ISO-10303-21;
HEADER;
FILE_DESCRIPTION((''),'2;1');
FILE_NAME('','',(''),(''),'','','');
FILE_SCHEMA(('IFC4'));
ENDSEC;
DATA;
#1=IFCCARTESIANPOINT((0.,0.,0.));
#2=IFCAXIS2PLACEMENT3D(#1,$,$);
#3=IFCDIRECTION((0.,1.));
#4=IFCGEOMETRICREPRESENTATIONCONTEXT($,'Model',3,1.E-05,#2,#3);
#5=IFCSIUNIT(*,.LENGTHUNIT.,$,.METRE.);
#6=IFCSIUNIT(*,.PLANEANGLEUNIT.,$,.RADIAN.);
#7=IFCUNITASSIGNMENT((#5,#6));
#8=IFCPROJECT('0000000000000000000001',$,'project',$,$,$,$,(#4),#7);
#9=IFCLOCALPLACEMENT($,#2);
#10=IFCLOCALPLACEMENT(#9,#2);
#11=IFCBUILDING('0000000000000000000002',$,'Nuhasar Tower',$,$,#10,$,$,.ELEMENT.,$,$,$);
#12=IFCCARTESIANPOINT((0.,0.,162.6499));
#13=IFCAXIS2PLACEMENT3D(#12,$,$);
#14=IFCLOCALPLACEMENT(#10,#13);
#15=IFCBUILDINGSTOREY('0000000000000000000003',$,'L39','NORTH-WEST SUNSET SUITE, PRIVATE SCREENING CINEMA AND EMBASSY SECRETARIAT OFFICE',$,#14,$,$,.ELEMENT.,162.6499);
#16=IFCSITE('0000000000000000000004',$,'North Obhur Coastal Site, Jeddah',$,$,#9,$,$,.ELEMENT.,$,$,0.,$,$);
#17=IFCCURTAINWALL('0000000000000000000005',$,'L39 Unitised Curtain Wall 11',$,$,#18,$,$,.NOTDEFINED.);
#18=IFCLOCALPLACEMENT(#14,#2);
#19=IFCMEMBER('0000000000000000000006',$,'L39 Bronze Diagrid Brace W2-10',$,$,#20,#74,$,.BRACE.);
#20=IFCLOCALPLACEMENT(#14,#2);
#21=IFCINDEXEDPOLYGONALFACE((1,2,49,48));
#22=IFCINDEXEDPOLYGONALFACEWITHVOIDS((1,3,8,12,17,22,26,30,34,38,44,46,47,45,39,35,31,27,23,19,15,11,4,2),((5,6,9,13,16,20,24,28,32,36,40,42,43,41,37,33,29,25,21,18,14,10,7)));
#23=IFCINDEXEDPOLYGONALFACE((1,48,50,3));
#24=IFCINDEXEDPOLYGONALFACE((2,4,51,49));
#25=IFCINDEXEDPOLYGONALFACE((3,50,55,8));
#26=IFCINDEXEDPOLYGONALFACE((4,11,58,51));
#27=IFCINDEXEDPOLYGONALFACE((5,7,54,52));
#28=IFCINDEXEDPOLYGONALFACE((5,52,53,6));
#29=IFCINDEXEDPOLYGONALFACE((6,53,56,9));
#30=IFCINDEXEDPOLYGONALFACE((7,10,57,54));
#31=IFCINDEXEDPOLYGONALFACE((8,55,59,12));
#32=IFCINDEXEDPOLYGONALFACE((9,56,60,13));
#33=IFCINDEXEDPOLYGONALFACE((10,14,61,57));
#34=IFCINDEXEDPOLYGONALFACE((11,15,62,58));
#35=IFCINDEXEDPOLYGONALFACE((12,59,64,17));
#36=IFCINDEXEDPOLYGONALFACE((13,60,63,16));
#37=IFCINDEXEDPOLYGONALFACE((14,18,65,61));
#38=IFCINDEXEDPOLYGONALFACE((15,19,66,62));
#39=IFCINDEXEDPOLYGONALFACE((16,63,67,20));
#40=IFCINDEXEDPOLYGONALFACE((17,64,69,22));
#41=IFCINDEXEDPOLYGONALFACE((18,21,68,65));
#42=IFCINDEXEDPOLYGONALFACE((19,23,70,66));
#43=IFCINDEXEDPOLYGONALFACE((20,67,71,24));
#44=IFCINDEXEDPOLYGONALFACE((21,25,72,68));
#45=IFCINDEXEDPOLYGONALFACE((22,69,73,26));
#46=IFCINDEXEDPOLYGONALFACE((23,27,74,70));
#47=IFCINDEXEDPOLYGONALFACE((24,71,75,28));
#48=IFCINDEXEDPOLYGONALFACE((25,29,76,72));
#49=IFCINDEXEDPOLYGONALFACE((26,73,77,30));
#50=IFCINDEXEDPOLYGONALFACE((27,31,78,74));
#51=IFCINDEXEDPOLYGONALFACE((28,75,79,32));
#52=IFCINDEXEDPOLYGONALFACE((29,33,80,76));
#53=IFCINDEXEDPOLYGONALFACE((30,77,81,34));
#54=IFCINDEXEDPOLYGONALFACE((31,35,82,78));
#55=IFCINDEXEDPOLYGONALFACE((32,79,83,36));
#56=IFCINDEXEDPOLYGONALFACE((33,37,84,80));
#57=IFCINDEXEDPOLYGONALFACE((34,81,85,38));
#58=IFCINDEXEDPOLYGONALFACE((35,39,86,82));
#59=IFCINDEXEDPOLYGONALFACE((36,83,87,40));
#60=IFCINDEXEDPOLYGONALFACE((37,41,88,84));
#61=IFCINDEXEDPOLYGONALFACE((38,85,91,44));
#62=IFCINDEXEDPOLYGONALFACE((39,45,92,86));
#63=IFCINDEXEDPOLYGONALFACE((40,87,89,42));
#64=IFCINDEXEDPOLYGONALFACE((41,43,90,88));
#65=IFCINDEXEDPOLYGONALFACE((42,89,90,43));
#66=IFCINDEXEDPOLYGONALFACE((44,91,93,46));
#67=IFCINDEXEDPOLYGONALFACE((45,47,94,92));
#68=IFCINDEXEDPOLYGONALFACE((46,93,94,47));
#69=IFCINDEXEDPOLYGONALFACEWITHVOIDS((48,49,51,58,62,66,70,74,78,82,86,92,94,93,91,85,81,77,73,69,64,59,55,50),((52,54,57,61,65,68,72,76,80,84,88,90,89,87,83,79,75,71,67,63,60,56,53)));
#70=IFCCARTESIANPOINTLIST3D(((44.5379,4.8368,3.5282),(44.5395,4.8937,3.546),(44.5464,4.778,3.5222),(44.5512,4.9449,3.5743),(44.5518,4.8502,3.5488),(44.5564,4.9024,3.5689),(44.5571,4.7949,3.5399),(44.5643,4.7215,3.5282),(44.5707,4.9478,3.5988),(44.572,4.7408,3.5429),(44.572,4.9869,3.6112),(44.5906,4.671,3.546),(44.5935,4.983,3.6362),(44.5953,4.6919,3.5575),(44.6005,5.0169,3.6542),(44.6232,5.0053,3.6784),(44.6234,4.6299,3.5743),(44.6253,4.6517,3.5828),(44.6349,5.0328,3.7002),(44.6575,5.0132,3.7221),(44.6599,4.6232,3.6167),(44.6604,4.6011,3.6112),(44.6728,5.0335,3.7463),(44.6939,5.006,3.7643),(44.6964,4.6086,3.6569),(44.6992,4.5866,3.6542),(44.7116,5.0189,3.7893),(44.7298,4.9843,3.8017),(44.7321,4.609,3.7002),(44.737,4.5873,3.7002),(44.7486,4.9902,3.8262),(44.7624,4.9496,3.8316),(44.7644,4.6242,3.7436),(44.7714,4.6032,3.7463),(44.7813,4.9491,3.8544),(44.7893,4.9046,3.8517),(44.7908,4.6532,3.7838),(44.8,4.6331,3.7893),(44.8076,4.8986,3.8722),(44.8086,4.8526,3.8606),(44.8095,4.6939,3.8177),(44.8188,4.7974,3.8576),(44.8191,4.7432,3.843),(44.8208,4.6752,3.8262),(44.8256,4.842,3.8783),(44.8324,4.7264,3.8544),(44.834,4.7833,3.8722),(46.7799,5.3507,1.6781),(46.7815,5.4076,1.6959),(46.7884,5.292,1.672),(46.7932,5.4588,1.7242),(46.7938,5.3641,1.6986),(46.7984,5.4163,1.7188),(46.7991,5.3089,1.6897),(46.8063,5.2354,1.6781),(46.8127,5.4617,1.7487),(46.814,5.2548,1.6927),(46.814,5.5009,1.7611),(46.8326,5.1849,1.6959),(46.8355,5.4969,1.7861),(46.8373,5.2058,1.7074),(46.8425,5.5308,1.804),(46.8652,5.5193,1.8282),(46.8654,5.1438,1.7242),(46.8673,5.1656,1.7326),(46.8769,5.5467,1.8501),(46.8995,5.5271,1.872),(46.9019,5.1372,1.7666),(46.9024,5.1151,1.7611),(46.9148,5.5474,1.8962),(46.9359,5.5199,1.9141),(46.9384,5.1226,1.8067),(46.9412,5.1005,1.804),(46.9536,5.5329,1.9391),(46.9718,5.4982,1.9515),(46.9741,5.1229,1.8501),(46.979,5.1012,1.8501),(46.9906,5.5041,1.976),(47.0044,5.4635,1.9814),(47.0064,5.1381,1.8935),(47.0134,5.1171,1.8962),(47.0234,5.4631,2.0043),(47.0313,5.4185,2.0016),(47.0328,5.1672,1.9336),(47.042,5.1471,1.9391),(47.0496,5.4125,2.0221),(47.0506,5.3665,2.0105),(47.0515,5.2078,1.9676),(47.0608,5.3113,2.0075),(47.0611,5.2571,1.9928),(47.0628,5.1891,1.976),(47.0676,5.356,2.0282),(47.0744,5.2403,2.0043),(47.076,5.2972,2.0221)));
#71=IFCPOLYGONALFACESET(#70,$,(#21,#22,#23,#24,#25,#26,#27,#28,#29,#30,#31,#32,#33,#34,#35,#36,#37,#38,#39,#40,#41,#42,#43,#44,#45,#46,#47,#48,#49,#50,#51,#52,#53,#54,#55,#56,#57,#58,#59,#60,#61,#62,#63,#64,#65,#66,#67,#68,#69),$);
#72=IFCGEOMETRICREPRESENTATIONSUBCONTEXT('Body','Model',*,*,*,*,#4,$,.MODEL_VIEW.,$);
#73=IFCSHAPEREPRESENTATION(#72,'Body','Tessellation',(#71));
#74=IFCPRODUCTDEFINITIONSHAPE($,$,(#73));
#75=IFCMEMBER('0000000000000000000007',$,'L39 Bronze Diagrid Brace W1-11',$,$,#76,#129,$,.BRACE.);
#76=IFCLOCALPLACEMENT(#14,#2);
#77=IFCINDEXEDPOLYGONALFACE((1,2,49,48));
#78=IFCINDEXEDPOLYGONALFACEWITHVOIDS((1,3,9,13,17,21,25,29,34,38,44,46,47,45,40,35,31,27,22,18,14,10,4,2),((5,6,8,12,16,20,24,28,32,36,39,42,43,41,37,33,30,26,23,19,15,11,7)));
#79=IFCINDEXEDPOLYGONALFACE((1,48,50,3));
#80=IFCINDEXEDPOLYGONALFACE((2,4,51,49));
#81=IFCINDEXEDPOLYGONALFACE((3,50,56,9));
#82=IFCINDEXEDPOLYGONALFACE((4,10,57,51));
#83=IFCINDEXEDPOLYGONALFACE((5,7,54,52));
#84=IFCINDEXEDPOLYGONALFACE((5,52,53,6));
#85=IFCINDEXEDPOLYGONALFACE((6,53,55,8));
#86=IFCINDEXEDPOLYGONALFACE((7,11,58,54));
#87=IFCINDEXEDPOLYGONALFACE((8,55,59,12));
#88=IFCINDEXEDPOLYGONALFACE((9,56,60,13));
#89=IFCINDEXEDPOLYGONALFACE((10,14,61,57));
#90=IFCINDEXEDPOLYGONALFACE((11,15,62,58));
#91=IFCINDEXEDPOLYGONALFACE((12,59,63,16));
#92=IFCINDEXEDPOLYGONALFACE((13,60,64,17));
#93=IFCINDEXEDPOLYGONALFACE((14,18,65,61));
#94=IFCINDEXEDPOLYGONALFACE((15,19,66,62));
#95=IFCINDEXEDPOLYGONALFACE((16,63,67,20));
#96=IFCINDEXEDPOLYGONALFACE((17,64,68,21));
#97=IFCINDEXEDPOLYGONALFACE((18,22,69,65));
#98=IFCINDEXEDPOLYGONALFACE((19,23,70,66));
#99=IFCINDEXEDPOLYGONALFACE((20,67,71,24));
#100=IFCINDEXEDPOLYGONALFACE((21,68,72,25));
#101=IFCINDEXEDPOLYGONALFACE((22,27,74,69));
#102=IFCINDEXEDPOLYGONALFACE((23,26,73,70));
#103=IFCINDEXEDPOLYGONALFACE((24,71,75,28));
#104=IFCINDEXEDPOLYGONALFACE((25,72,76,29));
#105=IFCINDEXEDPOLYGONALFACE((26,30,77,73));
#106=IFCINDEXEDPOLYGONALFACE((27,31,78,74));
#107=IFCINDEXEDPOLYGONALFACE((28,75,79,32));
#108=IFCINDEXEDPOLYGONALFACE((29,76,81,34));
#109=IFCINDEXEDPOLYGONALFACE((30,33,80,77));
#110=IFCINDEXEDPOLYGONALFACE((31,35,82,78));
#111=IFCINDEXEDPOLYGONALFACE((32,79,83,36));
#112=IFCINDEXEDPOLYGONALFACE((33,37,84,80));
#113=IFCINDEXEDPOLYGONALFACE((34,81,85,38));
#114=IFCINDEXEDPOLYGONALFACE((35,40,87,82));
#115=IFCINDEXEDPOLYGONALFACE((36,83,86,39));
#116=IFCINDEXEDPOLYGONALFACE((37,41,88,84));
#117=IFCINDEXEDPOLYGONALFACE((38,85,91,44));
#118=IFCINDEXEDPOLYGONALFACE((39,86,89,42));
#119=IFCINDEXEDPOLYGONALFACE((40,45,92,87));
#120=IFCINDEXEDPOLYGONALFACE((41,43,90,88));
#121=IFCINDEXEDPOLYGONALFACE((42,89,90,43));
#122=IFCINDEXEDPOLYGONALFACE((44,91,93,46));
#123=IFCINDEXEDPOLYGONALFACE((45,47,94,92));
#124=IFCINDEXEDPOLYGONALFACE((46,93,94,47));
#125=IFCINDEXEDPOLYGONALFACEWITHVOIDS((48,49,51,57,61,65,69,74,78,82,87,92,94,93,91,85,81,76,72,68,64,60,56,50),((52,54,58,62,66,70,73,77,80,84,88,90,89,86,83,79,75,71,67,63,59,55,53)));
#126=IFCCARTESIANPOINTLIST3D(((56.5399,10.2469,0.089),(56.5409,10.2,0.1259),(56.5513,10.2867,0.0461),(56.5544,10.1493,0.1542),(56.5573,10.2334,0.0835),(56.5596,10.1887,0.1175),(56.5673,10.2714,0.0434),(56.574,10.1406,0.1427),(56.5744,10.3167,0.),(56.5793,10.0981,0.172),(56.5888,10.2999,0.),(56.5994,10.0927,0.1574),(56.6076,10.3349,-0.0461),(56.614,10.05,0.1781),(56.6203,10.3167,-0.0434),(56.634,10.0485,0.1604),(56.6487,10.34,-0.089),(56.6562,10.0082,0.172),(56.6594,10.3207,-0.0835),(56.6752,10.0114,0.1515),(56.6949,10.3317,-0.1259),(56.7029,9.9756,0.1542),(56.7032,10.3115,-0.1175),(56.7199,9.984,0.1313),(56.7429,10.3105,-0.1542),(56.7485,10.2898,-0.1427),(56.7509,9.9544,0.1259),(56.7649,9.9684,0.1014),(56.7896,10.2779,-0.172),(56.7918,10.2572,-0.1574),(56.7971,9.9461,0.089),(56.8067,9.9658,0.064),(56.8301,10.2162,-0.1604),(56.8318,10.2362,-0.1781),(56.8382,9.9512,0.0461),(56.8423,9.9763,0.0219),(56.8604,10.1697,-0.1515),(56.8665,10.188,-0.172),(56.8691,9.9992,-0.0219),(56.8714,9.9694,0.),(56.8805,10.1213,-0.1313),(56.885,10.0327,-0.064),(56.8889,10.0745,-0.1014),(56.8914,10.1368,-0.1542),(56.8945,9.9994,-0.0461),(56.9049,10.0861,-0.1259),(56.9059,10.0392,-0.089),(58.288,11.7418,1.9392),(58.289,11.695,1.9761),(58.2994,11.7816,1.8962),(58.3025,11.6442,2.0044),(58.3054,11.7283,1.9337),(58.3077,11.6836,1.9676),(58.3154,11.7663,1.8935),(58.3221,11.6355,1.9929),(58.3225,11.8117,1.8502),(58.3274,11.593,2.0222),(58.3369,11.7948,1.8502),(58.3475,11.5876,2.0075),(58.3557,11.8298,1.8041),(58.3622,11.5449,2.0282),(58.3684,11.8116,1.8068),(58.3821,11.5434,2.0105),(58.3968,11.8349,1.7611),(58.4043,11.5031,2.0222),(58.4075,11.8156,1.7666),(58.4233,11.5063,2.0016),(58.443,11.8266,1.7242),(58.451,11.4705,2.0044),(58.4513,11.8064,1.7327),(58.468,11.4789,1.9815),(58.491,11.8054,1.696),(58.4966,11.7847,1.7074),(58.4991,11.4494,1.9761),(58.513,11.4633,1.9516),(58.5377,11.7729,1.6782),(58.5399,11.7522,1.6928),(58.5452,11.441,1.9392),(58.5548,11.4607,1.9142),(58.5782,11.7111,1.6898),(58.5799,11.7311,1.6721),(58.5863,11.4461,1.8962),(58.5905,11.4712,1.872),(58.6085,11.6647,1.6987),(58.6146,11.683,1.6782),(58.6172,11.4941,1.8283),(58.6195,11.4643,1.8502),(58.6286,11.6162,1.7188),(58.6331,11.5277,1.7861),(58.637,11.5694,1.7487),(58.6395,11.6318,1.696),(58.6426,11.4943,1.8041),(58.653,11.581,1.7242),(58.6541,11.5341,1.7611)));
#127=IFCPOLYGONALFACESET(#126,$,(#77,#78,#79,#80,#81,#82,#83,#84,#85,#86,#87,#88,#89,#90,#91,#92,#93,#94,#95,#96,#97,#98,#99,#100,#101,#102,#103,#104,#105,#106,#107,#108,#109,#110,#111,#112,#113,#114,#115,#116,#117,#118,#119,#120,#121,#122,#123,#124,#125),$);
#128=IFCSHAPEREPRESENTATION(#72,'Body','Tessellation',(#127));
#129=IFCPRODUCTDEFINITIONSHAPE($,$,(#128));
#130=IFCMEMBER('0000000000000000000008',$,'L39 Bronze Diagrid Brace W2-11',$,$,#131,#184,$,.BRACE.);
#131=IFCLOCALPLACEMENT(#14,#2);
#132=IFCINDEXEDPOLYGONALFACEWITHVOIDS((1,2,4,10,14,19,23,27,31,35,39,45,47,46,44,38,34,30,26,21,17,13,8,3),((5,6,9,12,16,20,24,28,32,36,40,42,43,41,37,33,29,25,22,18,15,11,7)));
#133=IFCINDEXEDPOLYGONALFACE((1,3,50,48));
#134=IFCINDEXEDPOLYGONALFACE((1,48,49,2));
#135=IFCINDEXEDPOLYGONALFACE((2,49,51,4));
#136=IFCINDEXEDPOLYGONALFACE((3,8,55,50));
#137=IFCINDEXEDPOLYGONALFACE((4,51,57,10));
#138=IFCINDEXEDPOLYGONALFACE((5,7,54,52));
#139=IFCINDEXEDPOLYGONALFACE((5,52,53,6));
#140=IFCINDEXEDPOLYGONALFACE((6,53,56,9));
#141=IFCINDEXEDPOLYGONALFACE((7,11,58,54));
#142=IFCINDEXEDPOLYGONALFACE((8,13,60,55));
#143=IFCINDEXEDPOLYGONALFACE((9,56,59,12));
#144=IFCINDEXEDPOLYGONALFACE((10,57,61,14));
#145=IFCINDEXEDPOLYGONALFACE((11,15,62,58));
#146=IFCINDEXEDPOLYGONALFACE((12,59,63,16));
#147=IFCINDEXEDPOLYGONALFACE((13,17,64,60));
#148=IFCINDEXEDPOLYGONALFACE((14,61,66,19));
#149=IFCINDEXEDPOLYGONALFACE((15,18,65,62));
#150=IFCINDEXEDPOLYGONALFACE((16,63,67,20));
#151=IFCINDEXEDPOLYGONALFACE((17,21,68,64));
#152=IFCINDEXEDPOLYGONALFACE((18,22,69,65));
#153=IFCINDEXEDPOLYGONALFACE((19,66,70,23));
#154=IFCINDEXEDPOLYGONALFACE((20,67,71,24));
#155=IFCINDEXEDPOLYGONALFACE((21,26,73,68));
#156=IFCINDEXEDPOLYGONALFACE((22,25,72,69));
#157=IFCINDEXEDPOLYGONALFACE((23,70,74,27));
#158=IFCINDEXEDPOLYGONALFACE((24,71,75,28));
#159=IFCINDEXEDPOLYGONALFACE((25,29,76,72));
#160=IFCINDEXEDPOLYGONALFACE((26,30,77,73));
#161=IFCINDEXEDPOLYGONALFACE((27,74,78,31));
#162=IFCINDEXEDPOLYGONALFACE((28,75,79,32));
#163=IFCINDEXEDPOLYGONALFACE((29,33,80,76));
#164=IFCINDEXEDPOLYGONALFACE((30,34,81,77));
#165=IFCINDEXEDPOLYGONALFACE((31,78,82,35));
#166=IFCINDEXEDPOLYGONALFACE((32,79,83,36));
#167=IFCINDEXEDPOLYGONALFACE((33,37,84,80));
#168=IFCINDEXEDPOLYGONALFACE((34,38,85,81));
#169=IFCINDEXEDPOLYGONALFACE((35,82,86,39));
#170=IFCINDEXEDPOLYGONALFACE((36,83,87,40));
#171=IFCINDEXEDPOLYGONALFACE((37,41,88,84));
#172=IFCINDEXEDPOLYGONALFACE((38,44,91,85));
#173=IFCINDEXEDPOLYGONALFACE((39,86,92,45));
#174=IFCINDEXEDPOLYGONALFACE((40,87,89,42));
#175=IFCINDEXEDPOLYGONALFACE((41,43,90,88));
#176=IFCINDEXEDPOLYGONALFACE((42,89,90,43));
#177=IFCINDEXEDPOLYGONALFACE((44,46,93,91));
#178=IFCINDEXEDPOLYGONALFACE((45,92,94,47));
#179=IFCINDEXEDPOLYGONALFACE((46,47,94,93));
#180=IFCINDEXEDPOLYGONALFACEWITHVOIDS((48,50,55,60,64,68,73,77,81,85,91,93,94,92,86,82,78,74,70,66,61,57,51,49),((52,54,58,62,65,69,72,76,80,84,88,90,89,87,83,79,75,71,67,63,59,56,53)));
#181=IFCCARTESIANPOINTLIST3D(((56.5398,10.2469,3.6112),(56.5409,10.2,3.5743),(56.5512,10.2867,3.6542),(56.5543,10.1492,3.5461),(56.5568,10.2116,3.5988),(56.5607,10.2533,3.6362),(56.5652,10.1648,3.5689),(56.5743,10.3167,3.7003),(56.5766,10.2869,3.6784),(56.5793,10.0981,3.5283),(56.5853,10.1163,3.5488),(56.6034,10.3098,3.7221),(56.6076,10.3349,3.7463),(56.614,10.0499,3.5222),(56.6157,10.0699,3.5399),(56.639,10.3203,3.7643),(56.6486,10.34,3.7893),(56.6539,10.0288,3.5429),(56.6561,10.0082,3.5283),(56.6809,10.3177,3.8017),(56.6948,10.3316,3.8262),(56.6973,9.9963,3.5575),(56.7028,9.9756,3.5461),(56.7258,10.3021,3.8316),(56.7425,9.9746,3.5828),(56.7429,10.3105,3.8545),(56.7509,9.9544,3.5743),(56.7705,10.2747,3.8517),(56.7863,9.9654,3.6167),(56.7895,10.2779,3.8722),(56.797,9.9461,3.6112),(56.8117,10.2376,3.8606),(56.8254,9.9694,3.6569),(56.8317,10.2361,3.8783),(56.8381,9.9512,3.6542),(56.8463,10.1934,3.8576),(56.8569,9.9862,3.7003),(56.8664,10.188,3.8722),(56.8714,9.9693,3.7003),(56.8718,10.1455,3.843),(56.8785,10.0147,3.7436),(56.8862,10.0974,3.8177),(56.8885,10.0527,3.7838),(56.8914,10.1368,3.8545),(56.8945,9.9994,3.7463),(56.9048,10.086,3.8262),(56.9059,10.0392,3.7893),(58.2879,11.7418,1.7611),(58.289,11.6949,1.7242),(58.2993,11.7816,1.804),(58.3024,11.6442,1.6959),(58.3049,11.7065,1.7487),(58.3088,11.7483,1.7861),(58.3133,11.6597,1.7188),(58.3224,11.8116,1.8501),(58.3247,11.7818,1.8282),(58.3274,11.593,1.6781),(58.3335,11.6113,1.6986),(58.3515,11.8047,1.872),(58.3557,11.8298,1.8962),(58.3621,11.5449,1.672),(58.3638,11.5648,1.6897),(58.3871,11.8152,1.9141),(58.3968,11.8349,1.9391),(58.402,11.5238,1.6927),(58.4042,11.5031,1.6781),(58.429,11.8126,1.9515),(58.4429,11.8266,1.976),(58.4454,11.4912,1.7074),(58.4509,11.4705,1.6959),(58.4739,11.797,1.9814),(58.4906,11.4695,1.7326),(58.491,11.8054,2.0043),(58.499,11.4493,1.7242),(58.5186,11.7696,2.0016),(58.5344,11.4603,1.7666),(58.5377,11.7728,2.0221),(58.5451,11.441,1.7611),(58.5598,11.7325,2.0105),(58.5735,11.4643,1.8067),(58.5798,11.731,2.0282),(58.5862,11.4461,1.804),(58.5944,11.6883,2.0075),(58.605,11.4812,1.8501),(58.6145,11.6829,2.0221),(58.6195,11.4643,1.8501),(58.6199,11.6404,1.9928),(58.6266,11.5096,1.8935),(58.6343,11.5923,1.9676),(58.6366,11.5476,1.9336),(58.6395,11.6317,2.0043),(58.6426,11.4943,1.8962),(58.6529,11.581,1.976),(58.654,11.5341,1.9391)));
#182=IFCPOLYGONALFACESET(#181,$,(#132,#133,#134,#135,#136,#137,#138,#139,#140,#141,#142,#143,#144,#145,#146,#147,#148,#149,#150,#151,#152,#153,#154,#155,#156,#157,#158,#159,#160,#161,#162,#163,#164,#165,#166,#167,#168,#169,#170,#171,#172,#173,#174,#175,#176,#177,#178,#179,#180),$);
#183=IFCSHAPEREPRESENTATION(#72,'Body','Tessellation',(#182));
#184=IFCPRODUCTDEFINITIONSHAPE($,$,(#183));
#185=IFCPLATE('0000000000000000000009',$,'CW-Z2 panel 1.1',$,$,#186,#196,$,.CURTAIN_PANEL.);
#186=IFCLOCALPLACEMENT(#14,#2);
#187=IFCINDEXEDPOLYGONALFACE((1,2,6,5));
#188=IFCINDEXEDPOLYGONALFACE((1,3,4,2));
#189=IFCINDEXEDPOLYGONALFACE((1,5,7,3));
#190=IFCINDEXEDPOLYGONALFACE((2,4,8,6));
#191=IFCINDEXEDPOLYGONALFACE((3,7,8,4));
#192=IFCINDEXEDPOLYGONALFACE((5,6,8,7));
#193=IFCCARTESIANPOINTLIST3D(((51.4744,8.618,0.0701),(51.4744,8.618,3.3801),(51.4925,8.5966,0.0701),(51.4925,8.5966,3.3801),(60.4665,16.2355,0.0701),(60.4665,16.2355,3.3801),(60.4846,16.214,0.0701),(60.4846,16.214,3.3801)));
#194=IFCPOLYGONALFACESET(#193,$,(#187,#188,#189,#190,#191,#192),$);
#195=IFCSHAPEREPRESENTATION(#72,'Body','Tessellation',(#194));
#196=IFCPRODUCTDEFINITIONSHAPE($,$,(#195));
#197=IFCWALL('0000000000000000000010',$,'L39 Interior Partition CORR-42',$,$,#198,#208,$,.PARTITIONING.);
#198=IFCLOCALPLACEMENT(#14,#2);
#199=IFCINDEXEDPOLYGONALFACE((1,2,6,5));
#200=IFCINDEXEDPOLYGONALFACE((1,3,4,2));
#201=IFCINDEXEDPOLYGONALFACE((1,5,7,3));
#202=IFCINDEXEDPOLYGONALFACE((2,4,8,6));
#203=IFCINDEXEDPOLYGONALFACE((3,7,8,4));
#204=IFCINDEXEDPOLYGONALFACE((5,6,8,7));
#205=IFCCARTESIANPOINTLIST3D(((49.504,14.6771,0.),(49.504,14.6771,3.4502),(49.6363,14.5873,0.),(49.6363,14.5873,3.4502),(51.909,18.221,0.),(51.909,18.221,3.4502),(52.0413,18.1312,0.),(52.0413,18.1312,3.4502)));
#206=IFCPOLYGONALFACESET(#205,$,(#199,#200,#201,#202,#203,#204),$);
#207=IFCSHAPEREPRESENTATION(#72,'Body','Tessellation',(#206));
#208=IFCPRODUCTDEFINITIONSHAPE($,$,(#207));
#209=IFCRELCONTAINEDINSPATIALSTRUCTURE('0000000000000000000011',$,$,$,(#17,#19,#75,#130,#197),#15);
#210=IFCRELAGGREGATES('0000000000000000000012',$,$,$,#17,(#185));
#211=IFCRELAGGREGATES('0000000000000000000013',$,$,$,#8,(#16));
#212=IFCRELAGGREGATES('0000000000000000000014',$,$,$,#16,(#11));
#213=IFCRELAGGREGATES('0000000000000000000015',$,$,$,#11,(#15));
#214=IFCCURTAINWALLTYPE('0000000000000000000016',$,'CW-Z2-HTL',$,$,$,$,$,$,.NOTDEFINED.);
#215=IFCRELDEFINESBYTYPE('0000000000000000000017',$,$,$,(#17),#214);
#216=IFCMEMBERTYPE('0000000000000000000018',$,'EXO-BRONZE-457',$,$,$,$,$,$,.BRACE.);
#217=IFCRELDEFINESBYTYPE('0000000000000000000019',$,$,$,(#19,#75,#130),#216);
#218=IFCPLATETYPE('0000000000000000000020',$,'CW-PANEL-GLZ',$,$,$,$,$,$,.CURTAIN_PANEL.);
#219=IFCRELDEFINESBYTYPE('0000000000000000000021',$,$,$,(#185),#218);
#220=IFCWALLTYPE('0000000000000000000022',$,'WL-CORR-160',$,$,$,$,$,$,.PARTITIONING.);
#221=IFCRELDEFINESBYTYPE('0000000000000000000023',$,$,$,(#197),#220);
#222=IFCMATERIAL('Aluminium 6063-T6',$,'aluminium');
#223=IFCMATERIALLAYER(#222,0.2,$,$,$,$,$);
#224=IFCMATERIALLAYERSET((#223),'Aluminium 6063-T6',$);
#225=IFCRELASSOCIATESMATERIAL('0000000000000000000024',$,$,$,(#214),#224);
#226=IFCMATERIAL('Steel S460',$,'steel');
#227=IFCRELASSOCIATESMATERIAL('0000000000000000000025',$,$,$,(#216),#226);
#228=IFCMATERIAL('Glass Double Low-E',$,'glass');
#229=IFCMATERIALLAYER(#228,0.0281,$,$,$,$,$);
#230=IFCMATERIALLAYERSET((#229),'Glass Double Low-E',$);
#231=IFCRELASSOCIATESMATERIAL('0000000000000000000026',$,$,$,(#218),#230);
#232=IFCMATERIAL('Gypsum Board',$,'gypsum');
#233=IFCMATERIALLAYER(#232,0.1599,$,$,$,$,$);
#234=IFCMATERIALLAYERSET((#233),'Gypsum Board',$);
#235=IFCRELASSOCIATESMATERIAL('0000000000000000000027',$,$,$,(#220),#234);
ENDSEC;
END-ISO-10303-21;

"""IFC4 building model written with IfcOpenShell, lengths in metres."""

from ifc_helpers import new_model, si_unit, direction, frame, frame_2d, origin, origin_2d, place, context, subcontext, project, spatial, rectangle, hollow_circle, extrude, material, layer, layer_set, material_profile, profile_set, type_object, element, aggregate, save


model = new_model("IFC4")

# Units and contexts
model_context = context("Model", 3, precision=1e-05, world=origin(), true_north=direction((0.0, 1.0)))
body_context = subcontext(model_context, "Body", "Model", "MODEL_VIEW")
ifc_project = project(units=[si_unit("LENGTHUNIT", "METRE"), si_unit("PLANEANGLEUNIT", "RADIAN")], contexts=[model_context])

# Site, building, storey
site_placement = place(None, origin())
site = spatial("IfcSite", under=ifc_project, at=site_placement, Name="North Obhur Coastal Site, Jeddah", CompositionType="ELEMENT", RefElevation=0.0)
building_placement = place(site_placement, origin())
building = spatial("IfcBuilding", under=site, at=building_placement, Name="Nuhasar Tower", CompositionType="ELEMENT")
storey_placement = place(building_placement, frame((0.0, 0.0, 162.6499)))
storey = spatial("IfcBuildingStorey", under=building, at=storey_placement, Name="L39", Description="NORTH-WEST SUNSET SUITE, PRIVATE SCREENING CINEMA AND EMBASSY SECRETARIAT OFFICE", CompositionType="ELEMENT", Elevation=162.6499)

# Shared definitions
ifc_material_1 = material(Name="Aluminium 6063-T6", Category="aluminium")
ifc_layer_1 = layer(ifc_material_1, 0.2)
ifc_layer_set_1 = layer_set([ifc_layer_1], Name="Aluminium 6063-T6")
curtain_wall_type = type_object("IfcCurtainWallType", Name="CW-Z2-HTL", PredefinedType="NOTDEFINED", material=ifc_layer_set_1)

# Curtain wall
curtain_wall_1_placement = place(storey_placement, origin())
curtain_wall_1 = element("IfcCurtainWall", 1, at=curtain_wall_1_placement, inside=storey, type_object=curtain_wall_type, Name="L39 Unitised Curtain Wall 11", PredefinedType="NOTDEFINED")

# Members
ifc_material_2 = material(Name="Steel S460", Category="steel")
ifc_material_profile_1 = material_profile(ifc_material_2, hollow_circle(Radius=0.2285, WallThickness=0.0222, at=origin_2d()), Name="HSS457X22.2")
ifc_profile_set_1 = profile_set([ifc_material_profile_1], Name="Steel S460")
member_type_1 = type_object("IfcMemberType", Name="EXO-BRONZE-457", PredefinedType="BRACE", material=ifc_profile_set_1)
for number, where, z_axis, x_axis, name in (
    (2, (46.928, 5.324, 1.8501), (-0.75951, -0.174101, 0.626764), (0.223433, -0.974719, 0.0), "L39 Bronze Diagrid Brace W2-10"),
    (3, (56.7229, 10.1431, 0.0), (0.592195, 0.506426, 0.626767), (-0.649926, 0.759998, 0.0), "L39 Bronze Diagrid Brace W1-11"),
    (4, (58.4709, 11.6379, 1.8501), (-0.592195, -0.506426, 0.626767), (0.649926, -0.759998, 0.0), "L39 Bronze Diagrid Brace W2-11"),
):
    element("IfcMember", number, at=place(storey_placement, frame(where, z_axis=z_axis, x_axis=x_axis)), inside=storey, type_object=member_type_1, Name=name, PredefinedType="BRACE", context=body_context, shape_type="SweptSolid", body=[
        extrude(hollow_circle(Radius=0.2285, WallThickness=0.0222, at=origin_2d()), origin(), (0.0, 0.0, 1.0), 2.9519),
    ])

# Plate
ifc_material_3 = material(Name="Glass Double Low-E", Category="glass")
ifc_layer_2 = layer(ifc_material_3, 0.0281)
ifc_layer_set_2 = layer_set([ifc_layer_2], Name="Glass Double Low-E")
plate_type = type_object("IfcPlateType", Name="CW-PANEL-GLZ", PredefinedType="CURTAIN_PANEL", material=ifc_layer_set_2)
plate_placement = place(storey_placement, frame((55.9795, 12.416, 0.0701), z_axis=(0.0, 0.0, 1.0), x_axis=(0.76302, 0.646374, 0.0)))
plate = element("IfcPlate", 5, at=plate_placement, type_object=plate_type, Name="CW-Z2 panel 1.1", PredefinedType="CURTAIN_PANEL", context=body_context, shape_type="SweptSolid", body=[
    extrude(rectangle(XDim=11.7849, YDim=0.0281, at=origin_2d()), origin(), (0.0, 0.0, 1.0), 3.3101),
])
aggregate(curtain_wall_1, [plate])

# Shared definitions
ifc_material_4 = material(Name="Gypsum Board", Category="gypsum")
ifc_layer_3 = layer(ifc_material_4, 0.1599)
ifc_layer_set_3 = layer_set([ifc_layer_3], Name="Gypsum Board")
wall_type = type_object("IfcWallType", Name="WL-CORR-160", PredefinedType="PARTITIONING", material=ifc_layer_set_3)

# Wall
wall_1_placement = place(storey_placement, frame((49.5701, 14.6321, 0.0), z_axis=(0.0, 0.0, 1.0), x_axis=(0.561535, 0.827453, 0.0)))
element("IfcWall", 6, at=wall_1_placement, inside=storey, type_object=wall_type, Name="L39 Interior Partition CORR-42", PredefinedType="PARTITIONING", context=body_context, shape_type="SweptSolid", body=[
    extrude(rectangle(XDim=4.283, YDim=0.1599, at=frame_2d((2.1416, 0.0))), origin(), (0.0, 0.0, 1.0), 3.4502),
])

save(model, "model.ifc")
